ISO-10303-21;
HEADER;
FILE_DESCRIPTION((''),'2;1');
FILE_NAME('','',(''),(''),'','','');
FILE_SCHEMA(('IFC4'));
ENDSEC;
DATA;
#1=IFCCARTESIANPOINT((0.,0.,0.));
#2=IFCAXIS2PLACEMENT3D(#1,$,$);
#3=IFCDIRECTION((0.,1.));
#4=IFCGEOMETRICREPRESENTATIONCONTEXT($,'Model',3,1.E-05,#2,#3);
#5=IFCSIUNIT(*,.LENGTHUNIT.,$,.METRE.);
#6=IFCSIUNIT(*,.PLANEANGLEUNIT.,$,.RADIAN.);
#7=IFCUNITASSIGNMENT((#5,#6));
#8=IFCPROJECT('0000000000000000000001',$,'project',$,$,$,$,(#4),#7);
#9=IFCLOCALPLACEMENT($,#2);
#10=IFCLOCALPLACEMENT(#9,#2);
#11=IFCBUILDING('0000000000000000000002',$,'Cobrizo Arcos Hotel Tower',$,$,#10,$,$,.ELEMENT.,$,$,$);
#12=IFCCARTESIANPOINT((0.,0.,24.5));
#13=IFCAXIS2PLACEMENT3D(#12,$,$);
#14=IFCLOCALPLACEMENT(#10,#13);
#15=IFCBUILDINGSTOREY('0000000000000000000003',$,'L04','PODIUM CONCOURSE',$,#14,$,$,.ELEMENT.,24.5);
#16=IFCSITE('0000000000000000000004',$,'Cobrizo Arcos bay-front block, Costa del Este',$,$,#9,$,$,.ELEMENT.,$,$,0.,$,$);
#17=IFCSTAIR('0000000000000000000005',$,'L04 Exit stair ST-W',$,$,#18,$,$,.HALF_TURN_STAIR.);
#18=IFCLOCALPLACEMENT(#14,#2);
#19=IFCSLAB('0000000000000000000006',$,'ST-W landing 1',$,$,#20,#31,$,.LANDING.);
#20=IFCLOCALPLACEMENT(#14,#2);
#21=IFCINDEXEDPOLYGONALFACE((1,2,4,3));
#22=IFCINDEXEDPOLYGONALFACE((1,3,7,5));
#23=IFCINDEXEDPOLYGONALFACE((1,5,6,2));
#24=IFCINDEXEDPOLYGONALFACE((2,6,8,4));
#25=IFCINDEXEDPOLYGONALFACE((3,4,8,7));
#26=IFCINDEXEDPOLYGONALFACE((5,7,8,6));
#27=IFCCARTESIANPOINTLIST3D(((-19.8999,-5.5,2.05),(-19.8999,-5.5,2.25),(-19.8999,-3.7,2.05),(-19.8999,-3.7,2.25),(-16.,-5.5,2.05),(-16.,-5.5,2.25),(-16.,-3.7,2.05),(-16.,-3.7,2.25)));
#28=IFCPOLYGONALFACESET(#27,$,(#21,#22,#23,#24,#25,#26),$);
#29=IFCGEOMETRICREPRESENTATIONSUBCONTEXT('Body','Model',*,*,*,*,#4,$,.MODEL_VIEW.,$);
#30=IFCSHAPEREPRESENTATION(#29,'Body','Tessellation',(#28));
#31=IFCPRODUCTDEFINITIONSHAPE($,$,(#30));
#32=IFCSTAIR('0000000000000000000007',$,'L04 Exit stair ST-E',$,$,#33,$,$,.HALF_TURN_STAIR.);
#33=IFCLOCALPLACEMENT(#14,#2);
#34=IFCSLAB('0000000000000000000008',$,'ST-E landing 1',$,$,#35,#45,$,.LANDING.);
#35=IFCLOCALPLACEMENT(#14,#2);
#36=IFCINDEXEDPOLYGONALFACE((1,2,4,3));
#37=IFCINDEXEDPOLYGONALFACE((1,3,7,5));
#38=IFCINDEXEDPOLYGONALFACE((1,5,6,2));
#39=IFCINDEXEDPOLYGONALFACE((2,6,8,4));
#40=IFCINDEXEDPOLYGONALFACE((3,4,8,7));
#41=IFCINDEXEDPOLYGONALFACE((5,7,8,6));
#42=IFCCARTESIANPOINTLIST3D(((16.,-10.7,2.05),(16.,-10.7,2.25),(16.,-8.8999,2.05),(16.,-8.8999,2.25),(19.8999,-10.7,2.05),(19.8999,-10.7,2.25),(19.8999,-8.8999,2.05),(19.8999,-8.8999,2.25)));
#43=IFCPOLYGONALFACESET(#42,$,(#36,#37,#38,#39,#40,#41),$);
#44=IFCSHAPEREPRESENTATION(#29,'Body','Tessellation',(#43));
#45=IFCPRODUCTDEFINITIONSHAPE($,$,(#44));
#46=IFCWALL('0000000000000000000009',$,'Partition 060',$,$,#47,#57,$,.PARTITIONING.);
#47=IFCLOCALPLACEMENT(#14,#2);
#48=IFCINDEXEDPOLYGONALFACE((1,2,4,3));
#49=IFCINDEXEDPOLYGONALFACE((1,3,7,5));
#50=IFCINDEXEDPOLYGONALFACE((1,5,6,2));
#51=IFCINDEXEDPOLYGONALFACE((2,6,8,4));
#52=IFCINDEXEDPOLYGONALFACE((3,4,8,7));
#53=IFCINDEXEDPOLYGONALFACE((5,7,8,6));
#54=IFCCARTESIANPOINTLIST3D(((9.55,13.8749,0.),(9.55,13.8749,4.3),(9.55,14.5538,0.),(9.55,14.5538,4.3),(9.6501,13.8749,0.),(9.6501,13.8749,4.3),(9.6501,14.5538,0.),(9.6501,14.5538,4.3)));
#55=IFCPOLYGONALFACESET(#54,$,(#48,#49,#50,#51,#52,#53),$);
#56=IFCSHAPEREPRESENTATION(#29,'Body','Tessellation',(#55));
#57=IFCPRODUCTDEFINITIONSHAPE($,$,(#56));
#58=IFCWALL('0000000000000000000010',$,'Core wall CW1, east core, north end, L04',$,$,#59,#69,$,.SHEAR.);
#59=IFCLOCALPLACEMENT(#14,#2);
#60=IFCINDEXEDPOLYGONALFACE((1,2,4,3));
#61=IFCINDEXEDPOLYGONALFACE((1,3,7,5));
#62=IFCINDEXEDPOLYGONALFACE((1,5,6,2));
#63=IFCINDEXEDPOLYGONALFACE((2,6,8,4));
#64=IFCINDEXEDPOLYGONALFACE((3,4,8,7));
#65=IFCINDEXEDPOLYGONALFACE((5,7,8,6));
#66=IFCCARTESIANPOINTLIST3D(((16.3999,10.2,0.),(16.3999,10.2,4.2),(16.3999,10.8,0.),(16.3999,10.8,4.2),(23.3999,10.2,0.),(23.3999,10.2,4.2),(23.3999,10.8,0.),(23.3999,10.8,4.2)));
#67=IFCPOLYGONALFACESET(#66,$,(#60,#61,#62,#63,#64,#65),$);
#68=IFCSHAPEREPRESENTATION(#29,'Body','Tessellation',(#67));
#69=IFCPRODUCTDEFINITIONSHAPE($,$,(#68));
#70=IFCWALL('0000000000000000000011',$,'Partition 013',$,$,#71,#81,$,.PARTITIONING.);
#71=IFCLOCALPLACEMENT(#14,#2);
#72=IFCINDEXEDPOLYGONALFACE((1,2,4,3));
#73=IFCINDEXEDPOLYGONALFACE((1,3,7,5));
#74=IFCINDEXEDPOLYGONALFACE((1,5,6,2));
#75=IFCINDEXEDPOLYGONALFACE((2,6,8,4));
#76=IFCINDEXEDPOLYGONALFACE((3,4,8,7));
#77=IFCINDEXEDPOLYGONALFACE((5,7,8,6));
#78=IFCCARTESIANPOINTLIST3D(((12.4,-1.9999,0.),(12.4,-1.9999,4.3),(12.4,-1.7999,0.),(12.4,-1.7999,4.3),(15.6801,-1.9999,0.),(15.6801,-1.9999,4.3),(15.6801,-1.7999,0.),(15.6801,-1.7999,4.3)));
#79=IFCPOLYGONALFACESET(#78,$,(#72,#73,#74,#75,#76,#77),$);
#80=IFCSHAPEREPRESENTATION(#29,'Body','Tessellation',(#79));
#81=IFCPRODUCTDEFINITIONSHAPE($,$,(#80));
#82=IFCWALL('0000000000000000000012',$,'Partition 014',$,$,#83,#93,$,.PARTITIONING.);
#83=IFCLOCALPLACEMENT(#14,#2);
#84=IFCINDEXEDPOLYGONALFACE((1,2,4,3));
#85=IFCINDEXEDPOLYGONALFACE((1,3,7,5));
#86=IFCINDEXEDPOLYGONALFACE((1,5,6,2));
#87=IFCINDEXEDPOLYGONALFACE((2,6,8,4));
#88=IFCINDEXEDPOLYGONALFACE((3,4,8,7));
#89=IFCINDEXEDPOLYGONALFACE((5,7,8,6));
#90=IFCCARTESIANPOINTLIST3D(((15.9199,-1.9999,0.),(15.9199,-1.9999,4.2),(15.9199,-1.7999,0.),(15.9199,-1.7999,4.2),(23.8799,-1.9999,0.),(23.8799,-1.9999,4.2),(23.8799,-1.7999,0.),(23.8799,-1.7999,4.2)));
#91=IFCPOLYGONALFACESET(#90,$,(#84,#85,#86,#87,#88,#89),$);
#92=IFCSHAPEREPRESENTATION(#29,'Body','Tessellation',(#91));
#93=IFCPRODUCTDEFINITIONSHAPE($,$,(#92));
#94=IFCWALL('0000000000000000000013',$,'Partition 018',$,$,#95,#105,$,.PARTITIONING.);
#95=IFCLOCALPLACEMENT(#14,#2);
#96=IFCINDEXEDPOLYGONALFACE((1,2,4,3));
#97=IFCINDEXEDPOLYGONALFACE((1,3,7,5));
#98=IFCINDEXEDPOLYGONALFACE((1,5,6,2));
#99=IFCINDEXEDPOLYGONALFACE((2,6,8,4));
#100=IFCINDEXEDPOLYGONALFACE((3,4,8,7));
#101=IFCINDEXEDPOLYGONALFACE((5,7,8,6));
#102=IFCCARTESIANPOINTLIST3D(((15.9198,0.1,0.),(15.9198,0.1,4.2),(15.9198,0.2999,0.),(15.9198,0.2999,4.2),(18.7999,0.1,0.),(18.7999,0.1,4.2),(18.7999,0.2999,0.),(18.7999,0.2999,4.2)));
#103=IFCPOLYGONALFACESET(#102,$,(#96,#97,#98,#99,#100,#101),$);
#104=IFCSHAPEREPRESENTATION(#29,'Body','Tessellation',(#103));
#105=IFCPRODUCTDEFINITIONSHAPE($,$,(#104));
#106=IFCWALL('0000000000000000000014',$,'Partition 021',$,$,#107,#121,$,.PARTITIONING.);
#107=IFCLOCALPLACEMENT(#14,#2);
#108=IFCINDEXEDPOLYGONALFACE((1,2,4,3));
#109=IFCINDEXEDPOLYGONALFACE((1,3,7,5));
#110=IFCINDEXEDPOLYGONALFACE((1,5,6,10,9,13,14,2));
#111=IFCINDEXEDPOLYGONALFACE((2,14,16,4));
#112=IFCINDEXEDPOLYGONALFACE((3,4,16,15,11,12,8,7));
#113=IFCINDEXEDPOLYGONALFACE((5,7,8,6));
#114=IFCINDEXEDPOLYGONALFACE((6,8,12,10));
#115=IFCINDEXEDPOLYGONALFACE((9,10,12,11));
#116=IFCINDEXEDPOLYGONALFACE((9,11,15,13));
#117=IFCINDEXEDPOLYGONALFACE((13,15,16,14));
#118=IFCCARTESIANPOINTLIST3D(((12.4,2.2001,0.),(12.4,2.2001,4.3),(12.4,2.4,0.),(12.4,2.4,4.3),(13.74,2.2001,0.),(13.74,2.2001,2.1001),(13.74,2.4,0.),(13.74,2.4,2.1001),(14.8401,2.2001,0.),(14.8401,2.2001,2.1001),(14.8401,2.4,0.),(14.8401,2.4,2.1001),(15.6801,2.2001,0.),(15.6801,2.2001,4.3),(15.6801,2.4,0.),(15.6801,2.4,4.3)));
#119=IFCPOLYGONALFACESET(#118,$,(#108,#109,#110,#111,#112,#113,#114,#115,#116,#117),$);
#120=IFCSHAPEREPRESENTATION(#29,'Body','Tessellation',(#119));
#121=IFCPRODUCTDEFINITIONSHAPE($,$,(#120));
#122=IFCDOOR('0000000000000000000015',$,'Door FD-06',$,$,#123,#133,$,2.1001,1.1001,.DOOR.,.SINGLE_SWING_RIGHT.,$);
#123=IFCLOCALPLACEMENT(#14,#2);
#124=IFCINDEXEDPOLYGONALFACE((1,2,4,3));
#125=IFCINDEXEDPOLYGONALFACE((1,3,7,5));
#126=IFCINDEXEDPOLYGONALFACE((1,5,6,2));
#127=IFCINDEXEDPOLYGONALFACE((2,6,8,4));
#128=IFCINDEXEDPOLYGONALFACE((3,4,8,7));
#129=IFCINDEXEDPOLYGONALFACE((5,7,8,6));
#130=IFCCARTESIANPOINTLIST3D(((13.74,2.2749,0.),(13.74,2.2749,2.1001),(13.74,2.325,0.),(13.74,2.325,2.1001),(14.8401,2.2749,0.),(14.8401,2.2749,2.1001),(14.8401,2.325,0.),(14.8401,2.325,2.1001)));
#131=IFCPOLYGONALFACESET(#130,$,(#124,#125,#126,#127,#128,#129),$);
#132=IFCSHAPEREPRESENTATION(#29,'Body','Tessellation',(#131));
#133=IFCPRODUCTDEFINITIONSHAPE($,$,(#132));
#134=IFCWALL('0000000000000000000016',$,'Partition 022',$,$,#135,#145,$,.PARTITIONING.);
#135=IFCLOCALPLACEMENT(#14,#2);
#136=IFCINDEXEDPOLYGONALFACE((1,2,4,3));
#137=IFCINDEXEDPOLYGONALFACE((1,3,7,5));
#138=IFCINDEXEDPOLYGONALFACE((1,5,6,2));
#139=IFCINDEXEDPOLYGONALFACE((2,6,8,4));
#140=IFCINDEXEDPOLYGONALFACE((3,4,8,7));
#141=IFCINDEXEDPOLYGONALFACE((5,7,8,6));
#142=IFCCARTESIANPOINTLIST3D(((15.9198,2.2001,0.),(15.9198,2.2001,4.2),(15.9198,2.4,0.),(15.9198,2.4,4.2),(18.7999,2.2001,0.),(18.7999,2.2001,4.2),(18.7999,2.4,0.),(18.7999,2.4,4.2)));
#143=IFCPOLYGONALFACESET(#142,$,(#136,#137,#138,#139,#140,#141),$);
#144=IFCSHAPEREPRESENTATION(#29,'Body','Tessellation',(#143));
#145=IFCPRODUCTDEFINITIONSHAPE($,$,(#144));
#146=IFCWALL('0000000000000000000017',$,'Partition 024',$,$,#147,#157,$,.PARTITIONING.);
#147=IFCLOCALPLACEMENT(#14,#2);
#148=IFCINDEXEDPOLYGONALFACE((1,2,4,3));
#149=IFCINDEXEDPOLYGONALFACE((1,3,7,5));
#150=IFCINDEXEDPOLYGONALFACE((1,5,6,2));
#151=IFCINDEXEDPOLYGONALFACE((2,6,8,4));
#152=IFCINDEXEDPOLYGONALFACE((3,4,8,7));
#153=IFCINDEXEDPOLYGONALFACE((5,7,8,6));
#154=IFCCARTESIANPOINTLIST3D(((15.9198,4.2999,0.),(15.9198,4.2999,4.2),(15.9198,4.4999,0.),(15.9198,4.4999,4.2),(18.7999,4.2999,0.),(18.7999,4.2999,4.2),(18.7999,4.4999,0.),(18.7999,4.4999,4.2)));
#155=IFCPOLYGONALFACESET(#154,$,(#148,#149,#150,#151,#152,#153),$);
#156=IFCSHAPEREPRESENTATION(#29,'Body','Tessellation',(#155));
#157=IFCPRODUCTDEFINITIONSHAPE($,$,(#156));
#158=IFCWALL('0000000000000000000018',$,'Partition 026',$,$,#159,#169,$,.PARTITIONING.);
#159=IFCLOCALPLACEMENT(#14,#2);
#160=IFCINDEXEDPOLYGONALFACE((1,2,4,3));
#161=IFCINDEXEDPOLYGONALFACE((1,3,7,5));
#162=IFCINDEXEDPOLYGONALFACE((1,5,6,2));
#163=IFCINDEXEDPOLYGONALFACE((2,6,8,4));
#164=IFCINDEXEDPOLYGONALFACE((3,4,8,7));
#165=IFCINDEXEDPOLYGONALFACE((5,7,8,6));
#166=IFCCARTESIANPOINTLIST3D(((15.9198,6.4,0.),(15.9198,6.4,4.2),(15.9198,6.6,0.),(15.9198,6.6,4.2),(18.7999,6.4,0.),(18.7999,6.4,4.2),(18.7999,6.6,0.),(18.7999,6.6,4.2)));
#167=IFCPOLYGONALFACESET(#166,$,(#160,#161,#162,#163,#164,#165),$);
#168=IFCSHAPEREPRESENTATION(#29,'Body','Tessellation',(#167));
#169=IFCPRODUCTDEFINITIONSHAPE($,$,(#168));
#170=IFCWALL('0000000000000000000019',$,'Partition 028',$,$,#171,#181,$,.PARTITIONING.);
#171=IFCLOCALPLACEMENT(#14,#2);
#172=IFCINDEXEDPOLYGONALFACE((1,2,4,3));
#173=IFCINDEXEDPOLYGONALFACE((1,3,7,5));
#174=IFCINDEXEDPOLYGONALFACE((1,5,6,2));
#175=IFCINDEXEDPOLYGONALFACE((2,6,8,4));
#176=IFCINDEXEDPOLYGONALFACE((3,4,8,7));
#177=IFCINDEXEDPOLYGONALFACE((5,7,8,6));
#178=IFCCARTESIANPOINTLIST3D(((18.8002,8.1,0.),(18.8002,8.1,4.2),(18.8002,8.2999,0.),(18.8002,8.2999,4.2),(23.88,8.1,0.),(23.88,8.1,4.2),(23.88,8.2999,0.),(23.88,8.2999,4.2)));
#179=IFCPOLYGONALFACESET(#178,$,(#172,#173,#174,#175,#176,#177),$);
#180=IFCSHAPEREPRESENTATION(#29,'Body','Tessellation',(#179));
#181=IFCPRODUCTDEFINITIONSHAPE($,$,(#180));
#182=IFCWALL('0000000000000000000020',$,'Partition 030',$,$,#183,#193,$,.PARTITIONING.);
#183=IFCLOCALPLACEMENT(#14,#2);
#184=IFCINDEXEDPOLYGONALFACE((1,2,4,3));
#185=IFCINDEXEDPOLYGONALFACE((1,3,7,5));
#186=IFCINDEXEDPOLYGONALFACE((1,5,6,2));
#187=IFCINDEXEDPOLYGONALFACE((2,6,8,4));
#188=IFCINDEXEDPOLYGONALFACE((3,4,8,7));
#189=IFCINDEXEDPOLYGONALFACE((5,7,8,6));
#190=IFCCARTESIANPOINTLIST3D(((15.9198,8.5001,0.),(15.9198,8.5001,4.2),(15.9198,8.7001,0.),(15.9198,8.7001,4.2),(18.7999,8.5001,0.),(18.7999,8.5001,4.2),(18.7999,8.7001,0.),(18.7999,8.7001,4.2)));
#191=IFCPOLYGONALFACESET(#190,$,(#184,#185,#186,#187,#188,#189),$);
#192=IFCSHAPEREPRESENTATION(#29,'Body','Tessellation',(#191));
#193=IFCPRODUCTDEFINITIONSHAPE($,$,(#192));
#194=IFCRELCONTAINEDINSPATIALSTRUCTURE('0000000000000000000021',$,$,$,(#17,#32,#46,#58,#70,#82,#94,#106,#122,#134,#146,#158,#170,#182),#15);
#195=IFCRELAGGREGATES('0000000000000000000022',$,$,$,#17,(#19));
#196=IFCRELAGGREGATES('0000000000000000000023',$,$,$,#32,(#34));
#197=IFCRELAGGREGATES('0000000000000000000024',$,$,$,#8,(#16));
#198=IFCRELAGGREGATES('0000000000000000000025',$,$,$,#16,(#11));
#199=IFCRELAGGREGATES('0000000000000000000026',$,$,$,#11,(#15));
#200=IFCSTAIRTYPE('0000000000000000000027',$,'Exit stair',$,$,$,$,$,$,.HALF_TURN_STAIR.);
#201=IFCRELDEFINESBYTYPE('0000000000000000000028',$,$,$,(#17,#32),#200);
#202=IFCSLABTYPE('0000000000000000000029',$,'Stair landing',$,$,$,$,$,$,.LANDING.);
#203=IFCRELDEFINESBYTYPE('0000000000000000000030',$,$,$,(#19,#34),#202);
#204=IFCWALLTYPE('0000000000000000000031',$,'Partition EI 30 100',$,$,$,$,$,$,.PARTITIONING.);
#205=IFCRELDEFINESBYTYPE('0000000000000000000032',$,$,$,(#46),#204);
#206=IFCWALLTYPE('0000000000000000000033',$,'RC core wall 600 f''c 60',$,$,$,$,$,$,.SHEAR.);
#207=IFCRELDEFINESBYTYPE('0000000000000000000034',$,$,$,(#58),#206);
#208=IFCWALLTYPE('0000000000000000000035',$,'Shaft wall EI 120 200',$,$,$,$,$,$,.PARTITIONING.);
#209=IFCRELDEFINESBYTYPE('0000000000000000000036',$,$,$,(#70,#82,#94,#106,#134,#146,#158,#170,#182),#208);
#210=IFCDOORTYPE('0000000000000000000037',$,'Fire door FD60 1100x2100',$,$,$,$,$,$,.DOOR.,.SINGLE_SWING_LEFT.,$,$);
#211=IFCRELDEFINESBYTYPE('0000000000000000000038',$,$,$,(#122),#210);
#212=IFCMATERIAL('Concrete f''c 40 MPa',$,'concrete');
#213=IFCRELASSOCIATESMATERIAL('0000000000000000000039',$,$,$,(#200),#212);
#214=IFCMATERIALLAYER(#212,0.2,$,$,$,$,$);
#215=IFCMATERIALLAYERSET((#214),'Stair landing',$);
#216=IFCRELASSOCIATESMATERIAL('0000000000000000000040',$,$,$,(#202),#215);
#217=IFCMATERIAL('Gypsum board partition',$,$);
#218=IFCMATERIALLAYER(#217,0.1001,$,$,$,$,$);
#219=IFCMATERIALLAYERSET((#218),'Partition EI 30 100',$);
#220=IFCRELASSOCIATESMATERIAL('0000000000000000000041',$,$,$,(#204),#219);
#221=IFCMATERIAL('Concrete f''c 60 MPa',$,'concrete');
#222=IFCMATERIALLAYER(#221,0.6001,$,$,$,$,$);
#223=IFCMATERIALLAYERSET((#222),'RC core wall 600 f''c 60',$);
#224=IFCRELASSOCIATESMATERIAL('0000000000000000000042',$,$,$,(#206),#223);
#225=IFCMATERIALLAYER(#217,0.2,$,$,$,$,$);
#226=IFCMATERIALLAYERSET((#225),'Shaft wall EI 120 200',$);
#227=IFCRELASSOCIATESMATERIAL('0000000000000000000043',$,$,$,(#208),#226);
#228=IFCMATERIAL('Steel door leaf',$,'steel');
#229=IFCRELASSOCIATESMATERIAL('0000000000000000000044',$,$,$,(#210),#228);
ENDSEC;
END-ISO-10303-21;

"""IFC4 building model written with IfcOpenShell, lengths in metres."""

from ifc_helpers import new_model, si_unit, direction, frame, frame_2d, origin, place, context, subcontext, project, spatial, polyline, rectangle, outline, extrude, material, layer, layer_set, type_object, element, fill, aggregate, save


model = new_model("IFC4")

# Units and contexts
model_context = context("Model", 3, precision=1e-05, world=origin(), true_north=direction((0.0, 1.0)))
body_context = subcontext(model_context, "Body", "Model", "MODEL_VIEW")
ifc_project = project(units=[si_unit("LENGTHUNIT", "METRE"), si_unit("PLANEANGLEUNIT", "RADIAN")], contexts=[model_context])

# Site, building, storey
site_placement = place(None, origin())
site = spatial("IfcSite", under=ifc_project, at=site_placement, Name="Cobrizo Arcos bay-front block, Costa del Este", CompositionType="ELEMENT", RefElevation=0.0)
building_placement = place(site_placement, origin())
building = spatial("IfcBuilding", under=site, at=building_placement, Name="Cobrizo Arcos Hotel Tower", CompositionType="ELEMENT")
storey_placement = place(building_placement, frame((0.0, 0.0, 24.5)))
storey = spatial("IfcBuildingStorey", under=building, at=storey_placement, Name="L04", Description="PODIUM CONCOURSE", CompositionType="ELEMENT", Elevation=24.5)

# Stairs, slabs
ifc_material_1 = material(Name="Concrete f'c 40 MPa", Category="concrete")
stair_type = type_object("IfcStairType", Name="Exit stair", PredefinedType="HALF_TURN_STAIR", material=ifc_material_1)
stair_1_placement = place(storey_placement, origin())
stair_1 = element("IfcStair", 1, at=stair_1_placement, inside=storey, type_object=stair_type, Name="L04 Exit stair ST-W", PredefinedType="HALF_TURN_STAIR")
ifc_layer_1 = layer(ifc_material_1, 0.2)
ifc_layer_set_1 = layer_set([ifc_layer_1], Name="Stair landing")
slab_type = type_object("IfcSlabType", Name="Stair landing", PredefinedType="LANDING", material=ifc_layer_set_1)
slab_1_placement = place(storey_placement, frame((0.0, 0.0, 2.05)))
slab_1 = element("IfcSlab", 2, at=slab_1_placement, type_object=slab_type, Name="ST-W landing 1", PredefinedType="LANDING", context=body_context, shape_type="SweptSolid", body=[
    extrude(outline(polyline([(-16.0, -5.5), (-16.0, -3.7), (-19.8999, -3.7), (-19.8999, -5.5), (-16.0, -5.5)])), origin(), (0.0, 0.0, 1.0), 0.2),
])
aggregate(stair_1, [slab_1])
stair_2_placement = place(storey_placement, origin())
stair_2 = element("IfcStair", 3, at=stair_2_placement, inside=storey, type_object=stair_type, Name="L04 Exit stair ST-E", PredefinedType="HALF_TURN_STAIR")
slab_2_placement = place(storey_placement, frame((0.0, 0.0, 2.05)))
slab_2 = element("IfcSlab", 4, at=slab_2_placement, type_object=slab_type, Name="ST-E landing 1", PredefinedType="LANDING", context=body_context, shape_type="SweptSolid", body=[
    extrude(outline(polyline([(16.0, -8.8999), (16.0, -10.7), (19.8999, -10.7), (19.8999, -8.8999), (16.0, -8.8999)])), origin(), (0.0, 0.0, 1.0), 0.2),
])
aggregate(stair_2, [slab_2])

# Walls
ifc_material_2 = material(Name="Gypsum board partition")
ifc_layer_2 = layer(ifc_material_2, 0.1001)
ifc_layer_set_2 = layer_set([ifc_layer_2], Name="Partition EI 30 100")
wall_type_1 = type_object("IfcWallType", Name="Partition EI 30 100", PredefinedType="PARTITIONING", material=ifc_layer_set_2)
wall_1_placement = place(storey_placement, frame((9.6001, 13.875, 0.0), z_axis=(0.0, 0.0, 1.0), x_axis=(0.0, 1.0, 0.0)))
element("IfcWall", 5, at=wall_1_placement, inside=storey, type_object=wall_type_1, Name="Partition 060", PredefinedType="PARTITIONING", context=body_context, shape_type="SweptSolid", body=[
    extrude(rectangle(XDim=0.679, YDim=0.1001, at=frame_2d((0.3394, 0.0))), origin(), (0.0, 0.0, 1.0), 4.3),
])
ifc_material_3 = material(Name="Concrete f'c 60 MPa", Category="concrete")
ifc_layer_3 = layer(ifc_material_3, 0.6001)
ifc_layer_set_3 = layer_set([ifc_layer_3], Name="RC core wall 600 f'c 60")
wall_type_2 = type_object("IfcWallType", Name="RC core wall 600 f'c 60", PredefinedType="SHEAR", material=ifc_layer_set_3)
wall_2_placement = place(storey_placement, frame((16.3999, 10.5, 0.0), z_axis=(0.0, 0.0, 1.0), x_axis=(1.0, 0.0, 0.0)))
element("IfcWall", 6, at=wall_2_placement, inside=storey, type_object=wall_type_2, Name="Core wall CW1, east core, north end, L04", PredefinedType="SHEAR", context=body_context, shape_type="SweptSolid", body=[
    extrude(rectangle(XDim=7.0, YDim=0.6001, at=frame_2d((3.5, 0.0))), origin(), (0.0, 0.0, 1.0), 4.2),
])
ifc_layer_4 = layer(ifc_material_2, 0.2)
ifc_layer_set_4 = layer_set([ifc_layer_4], Name="Shaft wall EI 120 200")
wall_type_3 = type_object("IfcWallType", Name="Shaft wall EI 120 200", PredefinedType="PARTITIONING", material=ifc_layer_set_4)
wall_3_placement = place(storey_placement, frame((12.3999, -1.8999, 0.0), z_axis=(0.0, 0.0, 1.0), x_axis=(1.0, 0.0, 0.0)))
element("IfcWall", 7, at=wall_3_placement, inside=storey, type_object=wall_type_3, Name="Partition 013", PredefinedType="PARTITIONING", context=body_context, shape_type="SweptSolid", body=[
    extrude(rectangle(XDim=3.28, YDim=0.2, at=frame_2d((1.6401, 0.0))), origin(), (0.0, 0.0, 1.0), 4.3),
])
wall_4_placement = place(storey_placement, frame((15.9199, -1.8999, 0.0), z_axis=(0.0, 0.0, 1.0), x_axis=(1.0, 0.0, 0.0)))
element("IfcWall", 8, at=wall_4_placement, inside=storey, type_object=wall_type_3, Name="Partition 014", PredefinedType="PARTITIONING", context=body_context, shape_type="SweptSolid", body=[
    extrude(rectangle(XDim=7.96, YDim=0.2, at=frame_2d((3.98, 0.0))), origin(), (0.0, 0.0, 1.0), 4.2),
])
wall_5_placement = place(storey_placement, frame((15.9199, 0.2, 0.0), z_axis=(0.0, 0.0, 1.0), x_axis=(1.0, 0.0, 0.0)))
element("IfcWall", 9, at=wall_5_placement, inside=storey, type_object=wall_type_3, Name="Partition 018", PredefinedType="PARTITIONING", context=body_context, shape_type="SweptSolid", body=[
    extrude(rectangle(XDim=2.8801, YDim=0.2, at=frame_2d((1.4399, 0.0))), origin(), (0.0, 0.0, 1.0), 4.2),
])

# Wall, opening, door
wall_6_placement = place(storey_placement, frame((12.3999, 2.3, 0.0), z_axis=(0.0, 0.0, 1.0), x_axis=(1.0, 0.0, 0.0)))
wall_6 = element("IfcWall", 10, at=wall_6_placement, inside=storey, type_object=wall_type_3, Name="Partition 021", PredefinedType="PARTITIONING", context=body_context, shape_type="SweptSolid", body=[
    extrude(rectangle(XDim=3.28, YDim=0.2, at=frame_2d((1.6401, 0.0))), origin(), (0.0, 0.0, 1.0), 4.3),
])
opening_1_placement = place(wall_6_placement, frame((1.3401, 0.0, 0.0)))
opening_1 = element("IfcOpeningElement", 11, at=opening_1_placement, cuts=wall_6, PredefinedType="OPENING", context=body_context, shape_type="SweptSolid", body=[
    extrude(rectangle(XDim=1.1001, YDim=2.1001, at=frame_2d((0.55, 1.05))), frame((0.0, 0.1121, 0.0), z_axis=(0.0, -1.0, 0.0), x_axis=(1.0, 0.0, 0.0)), (0.0, 0.0, 1.0), 0.2239),
])
ifc_material_4 = material(Name="Steel door leaf", Category="steel")
door_type = type_object("IfcDoorType", Name="Fire door FD60 1100x2100", OperationType="SINGLE_SWING_LEFT", PredefinedType="DOOR", material=ifc_material_4)
door_1_placement = place(opening_1_placement, origin())
door_1 = element("IfcDoor", 12, at=door_1_placement, inside=storey, type_object=door_type, Name="Door FD-06", OperationType="SINGLE_SWING_RIGHT", OverallHeight=2.1001, OverallWidth=1.1001, PredefinedType="DOOR", context=body_context, shape_type="SweptSolid", body=[
    extrude(rectangle(XDim=1.1001, YDim=2.1001, at=frame_2d((0.55, 1.05))), frame((0.0, 0.0249, 0.0), z_axis=(0.0, -1.0, 0.0), x_axis=(1.0, 0.0, 0.0)), (0.0, 0.0, 1.0), 0.05),
])
fill(opening_1, door_1)

# Walls
for number, where, z_axis, x_axis, name in (
    (13, (15.9199, 2.3, 0.0), (0.0, 0.0, 1.0), (1.0, 0.0, 0.0), "Partition 022"),
    (14, (15.9199, 4.3999, 0.0), (0.0, 0.0, 1.0), (1.0, 0.0, 0.0), "Partition 024"),
    (15, (15.9199, 6.5, 0.0), (0.0, 0.0, 1.0), (1.0, 0.0, 0.0), "Partition 026"),
):
    element("IfcWall", number, at=place(storey_placement, frame(where, z_axis=z_axis, x_axis=x_axis)), inside=storey, type_object=wall_type_3, Name=name, PredefinedType="PARTITIONING", context=body_context, shape_type="SweptSolid", body=[
        extrude(rectangle(XDim=2.8801, YDim=0.2, at=frame_2d((1.4399, 0.0))), origin(), (0.0, 0.0, 1.0), 4.2),
    ])
wall_7_placement = place(storey_placement, frame((18.8, 8.2, 0.0), z_axis=(0.0, 0.0, 1.0), x_axis=(1.0, 0.0, 0.0)))
element("IfcWall", 16, at=wall_7_placement, inside=storey, type_object=wall_type_3, Name="Partition 028", PredefinedType="PARTITIONING", context=body_context, shape_type="SweptSolid", body=[
    extrude(rectangle(XDim=5.0798, YDim=0.2, at=frame_2d((2.54, 0.0))), origin(), (0.0, 0.0, 1.0), 4.2),
])
wall_8_placement = place(storey_placement, frame((15.9199, 8.6001, 0.0), z_axis=(0.0, 0.0, 1.0), x_axis=(1.0, 0.0, 0.0)))
element("IfcWall", 17, at=wall_8_placement, inside=storey, type_object=wall_type_3, Name="Partition 030", PredefinedType="PARTITIONING", context=body_context, shape_type="SweptSolid", body=[
    extrude(rectangle(XDim=2.8801, YDim=0.2, at=frame_2d((1.4399, 0.0))), origin(), (0.0, 0.0, 1.0), 4.2),
])

save(model, "model.ifc")
